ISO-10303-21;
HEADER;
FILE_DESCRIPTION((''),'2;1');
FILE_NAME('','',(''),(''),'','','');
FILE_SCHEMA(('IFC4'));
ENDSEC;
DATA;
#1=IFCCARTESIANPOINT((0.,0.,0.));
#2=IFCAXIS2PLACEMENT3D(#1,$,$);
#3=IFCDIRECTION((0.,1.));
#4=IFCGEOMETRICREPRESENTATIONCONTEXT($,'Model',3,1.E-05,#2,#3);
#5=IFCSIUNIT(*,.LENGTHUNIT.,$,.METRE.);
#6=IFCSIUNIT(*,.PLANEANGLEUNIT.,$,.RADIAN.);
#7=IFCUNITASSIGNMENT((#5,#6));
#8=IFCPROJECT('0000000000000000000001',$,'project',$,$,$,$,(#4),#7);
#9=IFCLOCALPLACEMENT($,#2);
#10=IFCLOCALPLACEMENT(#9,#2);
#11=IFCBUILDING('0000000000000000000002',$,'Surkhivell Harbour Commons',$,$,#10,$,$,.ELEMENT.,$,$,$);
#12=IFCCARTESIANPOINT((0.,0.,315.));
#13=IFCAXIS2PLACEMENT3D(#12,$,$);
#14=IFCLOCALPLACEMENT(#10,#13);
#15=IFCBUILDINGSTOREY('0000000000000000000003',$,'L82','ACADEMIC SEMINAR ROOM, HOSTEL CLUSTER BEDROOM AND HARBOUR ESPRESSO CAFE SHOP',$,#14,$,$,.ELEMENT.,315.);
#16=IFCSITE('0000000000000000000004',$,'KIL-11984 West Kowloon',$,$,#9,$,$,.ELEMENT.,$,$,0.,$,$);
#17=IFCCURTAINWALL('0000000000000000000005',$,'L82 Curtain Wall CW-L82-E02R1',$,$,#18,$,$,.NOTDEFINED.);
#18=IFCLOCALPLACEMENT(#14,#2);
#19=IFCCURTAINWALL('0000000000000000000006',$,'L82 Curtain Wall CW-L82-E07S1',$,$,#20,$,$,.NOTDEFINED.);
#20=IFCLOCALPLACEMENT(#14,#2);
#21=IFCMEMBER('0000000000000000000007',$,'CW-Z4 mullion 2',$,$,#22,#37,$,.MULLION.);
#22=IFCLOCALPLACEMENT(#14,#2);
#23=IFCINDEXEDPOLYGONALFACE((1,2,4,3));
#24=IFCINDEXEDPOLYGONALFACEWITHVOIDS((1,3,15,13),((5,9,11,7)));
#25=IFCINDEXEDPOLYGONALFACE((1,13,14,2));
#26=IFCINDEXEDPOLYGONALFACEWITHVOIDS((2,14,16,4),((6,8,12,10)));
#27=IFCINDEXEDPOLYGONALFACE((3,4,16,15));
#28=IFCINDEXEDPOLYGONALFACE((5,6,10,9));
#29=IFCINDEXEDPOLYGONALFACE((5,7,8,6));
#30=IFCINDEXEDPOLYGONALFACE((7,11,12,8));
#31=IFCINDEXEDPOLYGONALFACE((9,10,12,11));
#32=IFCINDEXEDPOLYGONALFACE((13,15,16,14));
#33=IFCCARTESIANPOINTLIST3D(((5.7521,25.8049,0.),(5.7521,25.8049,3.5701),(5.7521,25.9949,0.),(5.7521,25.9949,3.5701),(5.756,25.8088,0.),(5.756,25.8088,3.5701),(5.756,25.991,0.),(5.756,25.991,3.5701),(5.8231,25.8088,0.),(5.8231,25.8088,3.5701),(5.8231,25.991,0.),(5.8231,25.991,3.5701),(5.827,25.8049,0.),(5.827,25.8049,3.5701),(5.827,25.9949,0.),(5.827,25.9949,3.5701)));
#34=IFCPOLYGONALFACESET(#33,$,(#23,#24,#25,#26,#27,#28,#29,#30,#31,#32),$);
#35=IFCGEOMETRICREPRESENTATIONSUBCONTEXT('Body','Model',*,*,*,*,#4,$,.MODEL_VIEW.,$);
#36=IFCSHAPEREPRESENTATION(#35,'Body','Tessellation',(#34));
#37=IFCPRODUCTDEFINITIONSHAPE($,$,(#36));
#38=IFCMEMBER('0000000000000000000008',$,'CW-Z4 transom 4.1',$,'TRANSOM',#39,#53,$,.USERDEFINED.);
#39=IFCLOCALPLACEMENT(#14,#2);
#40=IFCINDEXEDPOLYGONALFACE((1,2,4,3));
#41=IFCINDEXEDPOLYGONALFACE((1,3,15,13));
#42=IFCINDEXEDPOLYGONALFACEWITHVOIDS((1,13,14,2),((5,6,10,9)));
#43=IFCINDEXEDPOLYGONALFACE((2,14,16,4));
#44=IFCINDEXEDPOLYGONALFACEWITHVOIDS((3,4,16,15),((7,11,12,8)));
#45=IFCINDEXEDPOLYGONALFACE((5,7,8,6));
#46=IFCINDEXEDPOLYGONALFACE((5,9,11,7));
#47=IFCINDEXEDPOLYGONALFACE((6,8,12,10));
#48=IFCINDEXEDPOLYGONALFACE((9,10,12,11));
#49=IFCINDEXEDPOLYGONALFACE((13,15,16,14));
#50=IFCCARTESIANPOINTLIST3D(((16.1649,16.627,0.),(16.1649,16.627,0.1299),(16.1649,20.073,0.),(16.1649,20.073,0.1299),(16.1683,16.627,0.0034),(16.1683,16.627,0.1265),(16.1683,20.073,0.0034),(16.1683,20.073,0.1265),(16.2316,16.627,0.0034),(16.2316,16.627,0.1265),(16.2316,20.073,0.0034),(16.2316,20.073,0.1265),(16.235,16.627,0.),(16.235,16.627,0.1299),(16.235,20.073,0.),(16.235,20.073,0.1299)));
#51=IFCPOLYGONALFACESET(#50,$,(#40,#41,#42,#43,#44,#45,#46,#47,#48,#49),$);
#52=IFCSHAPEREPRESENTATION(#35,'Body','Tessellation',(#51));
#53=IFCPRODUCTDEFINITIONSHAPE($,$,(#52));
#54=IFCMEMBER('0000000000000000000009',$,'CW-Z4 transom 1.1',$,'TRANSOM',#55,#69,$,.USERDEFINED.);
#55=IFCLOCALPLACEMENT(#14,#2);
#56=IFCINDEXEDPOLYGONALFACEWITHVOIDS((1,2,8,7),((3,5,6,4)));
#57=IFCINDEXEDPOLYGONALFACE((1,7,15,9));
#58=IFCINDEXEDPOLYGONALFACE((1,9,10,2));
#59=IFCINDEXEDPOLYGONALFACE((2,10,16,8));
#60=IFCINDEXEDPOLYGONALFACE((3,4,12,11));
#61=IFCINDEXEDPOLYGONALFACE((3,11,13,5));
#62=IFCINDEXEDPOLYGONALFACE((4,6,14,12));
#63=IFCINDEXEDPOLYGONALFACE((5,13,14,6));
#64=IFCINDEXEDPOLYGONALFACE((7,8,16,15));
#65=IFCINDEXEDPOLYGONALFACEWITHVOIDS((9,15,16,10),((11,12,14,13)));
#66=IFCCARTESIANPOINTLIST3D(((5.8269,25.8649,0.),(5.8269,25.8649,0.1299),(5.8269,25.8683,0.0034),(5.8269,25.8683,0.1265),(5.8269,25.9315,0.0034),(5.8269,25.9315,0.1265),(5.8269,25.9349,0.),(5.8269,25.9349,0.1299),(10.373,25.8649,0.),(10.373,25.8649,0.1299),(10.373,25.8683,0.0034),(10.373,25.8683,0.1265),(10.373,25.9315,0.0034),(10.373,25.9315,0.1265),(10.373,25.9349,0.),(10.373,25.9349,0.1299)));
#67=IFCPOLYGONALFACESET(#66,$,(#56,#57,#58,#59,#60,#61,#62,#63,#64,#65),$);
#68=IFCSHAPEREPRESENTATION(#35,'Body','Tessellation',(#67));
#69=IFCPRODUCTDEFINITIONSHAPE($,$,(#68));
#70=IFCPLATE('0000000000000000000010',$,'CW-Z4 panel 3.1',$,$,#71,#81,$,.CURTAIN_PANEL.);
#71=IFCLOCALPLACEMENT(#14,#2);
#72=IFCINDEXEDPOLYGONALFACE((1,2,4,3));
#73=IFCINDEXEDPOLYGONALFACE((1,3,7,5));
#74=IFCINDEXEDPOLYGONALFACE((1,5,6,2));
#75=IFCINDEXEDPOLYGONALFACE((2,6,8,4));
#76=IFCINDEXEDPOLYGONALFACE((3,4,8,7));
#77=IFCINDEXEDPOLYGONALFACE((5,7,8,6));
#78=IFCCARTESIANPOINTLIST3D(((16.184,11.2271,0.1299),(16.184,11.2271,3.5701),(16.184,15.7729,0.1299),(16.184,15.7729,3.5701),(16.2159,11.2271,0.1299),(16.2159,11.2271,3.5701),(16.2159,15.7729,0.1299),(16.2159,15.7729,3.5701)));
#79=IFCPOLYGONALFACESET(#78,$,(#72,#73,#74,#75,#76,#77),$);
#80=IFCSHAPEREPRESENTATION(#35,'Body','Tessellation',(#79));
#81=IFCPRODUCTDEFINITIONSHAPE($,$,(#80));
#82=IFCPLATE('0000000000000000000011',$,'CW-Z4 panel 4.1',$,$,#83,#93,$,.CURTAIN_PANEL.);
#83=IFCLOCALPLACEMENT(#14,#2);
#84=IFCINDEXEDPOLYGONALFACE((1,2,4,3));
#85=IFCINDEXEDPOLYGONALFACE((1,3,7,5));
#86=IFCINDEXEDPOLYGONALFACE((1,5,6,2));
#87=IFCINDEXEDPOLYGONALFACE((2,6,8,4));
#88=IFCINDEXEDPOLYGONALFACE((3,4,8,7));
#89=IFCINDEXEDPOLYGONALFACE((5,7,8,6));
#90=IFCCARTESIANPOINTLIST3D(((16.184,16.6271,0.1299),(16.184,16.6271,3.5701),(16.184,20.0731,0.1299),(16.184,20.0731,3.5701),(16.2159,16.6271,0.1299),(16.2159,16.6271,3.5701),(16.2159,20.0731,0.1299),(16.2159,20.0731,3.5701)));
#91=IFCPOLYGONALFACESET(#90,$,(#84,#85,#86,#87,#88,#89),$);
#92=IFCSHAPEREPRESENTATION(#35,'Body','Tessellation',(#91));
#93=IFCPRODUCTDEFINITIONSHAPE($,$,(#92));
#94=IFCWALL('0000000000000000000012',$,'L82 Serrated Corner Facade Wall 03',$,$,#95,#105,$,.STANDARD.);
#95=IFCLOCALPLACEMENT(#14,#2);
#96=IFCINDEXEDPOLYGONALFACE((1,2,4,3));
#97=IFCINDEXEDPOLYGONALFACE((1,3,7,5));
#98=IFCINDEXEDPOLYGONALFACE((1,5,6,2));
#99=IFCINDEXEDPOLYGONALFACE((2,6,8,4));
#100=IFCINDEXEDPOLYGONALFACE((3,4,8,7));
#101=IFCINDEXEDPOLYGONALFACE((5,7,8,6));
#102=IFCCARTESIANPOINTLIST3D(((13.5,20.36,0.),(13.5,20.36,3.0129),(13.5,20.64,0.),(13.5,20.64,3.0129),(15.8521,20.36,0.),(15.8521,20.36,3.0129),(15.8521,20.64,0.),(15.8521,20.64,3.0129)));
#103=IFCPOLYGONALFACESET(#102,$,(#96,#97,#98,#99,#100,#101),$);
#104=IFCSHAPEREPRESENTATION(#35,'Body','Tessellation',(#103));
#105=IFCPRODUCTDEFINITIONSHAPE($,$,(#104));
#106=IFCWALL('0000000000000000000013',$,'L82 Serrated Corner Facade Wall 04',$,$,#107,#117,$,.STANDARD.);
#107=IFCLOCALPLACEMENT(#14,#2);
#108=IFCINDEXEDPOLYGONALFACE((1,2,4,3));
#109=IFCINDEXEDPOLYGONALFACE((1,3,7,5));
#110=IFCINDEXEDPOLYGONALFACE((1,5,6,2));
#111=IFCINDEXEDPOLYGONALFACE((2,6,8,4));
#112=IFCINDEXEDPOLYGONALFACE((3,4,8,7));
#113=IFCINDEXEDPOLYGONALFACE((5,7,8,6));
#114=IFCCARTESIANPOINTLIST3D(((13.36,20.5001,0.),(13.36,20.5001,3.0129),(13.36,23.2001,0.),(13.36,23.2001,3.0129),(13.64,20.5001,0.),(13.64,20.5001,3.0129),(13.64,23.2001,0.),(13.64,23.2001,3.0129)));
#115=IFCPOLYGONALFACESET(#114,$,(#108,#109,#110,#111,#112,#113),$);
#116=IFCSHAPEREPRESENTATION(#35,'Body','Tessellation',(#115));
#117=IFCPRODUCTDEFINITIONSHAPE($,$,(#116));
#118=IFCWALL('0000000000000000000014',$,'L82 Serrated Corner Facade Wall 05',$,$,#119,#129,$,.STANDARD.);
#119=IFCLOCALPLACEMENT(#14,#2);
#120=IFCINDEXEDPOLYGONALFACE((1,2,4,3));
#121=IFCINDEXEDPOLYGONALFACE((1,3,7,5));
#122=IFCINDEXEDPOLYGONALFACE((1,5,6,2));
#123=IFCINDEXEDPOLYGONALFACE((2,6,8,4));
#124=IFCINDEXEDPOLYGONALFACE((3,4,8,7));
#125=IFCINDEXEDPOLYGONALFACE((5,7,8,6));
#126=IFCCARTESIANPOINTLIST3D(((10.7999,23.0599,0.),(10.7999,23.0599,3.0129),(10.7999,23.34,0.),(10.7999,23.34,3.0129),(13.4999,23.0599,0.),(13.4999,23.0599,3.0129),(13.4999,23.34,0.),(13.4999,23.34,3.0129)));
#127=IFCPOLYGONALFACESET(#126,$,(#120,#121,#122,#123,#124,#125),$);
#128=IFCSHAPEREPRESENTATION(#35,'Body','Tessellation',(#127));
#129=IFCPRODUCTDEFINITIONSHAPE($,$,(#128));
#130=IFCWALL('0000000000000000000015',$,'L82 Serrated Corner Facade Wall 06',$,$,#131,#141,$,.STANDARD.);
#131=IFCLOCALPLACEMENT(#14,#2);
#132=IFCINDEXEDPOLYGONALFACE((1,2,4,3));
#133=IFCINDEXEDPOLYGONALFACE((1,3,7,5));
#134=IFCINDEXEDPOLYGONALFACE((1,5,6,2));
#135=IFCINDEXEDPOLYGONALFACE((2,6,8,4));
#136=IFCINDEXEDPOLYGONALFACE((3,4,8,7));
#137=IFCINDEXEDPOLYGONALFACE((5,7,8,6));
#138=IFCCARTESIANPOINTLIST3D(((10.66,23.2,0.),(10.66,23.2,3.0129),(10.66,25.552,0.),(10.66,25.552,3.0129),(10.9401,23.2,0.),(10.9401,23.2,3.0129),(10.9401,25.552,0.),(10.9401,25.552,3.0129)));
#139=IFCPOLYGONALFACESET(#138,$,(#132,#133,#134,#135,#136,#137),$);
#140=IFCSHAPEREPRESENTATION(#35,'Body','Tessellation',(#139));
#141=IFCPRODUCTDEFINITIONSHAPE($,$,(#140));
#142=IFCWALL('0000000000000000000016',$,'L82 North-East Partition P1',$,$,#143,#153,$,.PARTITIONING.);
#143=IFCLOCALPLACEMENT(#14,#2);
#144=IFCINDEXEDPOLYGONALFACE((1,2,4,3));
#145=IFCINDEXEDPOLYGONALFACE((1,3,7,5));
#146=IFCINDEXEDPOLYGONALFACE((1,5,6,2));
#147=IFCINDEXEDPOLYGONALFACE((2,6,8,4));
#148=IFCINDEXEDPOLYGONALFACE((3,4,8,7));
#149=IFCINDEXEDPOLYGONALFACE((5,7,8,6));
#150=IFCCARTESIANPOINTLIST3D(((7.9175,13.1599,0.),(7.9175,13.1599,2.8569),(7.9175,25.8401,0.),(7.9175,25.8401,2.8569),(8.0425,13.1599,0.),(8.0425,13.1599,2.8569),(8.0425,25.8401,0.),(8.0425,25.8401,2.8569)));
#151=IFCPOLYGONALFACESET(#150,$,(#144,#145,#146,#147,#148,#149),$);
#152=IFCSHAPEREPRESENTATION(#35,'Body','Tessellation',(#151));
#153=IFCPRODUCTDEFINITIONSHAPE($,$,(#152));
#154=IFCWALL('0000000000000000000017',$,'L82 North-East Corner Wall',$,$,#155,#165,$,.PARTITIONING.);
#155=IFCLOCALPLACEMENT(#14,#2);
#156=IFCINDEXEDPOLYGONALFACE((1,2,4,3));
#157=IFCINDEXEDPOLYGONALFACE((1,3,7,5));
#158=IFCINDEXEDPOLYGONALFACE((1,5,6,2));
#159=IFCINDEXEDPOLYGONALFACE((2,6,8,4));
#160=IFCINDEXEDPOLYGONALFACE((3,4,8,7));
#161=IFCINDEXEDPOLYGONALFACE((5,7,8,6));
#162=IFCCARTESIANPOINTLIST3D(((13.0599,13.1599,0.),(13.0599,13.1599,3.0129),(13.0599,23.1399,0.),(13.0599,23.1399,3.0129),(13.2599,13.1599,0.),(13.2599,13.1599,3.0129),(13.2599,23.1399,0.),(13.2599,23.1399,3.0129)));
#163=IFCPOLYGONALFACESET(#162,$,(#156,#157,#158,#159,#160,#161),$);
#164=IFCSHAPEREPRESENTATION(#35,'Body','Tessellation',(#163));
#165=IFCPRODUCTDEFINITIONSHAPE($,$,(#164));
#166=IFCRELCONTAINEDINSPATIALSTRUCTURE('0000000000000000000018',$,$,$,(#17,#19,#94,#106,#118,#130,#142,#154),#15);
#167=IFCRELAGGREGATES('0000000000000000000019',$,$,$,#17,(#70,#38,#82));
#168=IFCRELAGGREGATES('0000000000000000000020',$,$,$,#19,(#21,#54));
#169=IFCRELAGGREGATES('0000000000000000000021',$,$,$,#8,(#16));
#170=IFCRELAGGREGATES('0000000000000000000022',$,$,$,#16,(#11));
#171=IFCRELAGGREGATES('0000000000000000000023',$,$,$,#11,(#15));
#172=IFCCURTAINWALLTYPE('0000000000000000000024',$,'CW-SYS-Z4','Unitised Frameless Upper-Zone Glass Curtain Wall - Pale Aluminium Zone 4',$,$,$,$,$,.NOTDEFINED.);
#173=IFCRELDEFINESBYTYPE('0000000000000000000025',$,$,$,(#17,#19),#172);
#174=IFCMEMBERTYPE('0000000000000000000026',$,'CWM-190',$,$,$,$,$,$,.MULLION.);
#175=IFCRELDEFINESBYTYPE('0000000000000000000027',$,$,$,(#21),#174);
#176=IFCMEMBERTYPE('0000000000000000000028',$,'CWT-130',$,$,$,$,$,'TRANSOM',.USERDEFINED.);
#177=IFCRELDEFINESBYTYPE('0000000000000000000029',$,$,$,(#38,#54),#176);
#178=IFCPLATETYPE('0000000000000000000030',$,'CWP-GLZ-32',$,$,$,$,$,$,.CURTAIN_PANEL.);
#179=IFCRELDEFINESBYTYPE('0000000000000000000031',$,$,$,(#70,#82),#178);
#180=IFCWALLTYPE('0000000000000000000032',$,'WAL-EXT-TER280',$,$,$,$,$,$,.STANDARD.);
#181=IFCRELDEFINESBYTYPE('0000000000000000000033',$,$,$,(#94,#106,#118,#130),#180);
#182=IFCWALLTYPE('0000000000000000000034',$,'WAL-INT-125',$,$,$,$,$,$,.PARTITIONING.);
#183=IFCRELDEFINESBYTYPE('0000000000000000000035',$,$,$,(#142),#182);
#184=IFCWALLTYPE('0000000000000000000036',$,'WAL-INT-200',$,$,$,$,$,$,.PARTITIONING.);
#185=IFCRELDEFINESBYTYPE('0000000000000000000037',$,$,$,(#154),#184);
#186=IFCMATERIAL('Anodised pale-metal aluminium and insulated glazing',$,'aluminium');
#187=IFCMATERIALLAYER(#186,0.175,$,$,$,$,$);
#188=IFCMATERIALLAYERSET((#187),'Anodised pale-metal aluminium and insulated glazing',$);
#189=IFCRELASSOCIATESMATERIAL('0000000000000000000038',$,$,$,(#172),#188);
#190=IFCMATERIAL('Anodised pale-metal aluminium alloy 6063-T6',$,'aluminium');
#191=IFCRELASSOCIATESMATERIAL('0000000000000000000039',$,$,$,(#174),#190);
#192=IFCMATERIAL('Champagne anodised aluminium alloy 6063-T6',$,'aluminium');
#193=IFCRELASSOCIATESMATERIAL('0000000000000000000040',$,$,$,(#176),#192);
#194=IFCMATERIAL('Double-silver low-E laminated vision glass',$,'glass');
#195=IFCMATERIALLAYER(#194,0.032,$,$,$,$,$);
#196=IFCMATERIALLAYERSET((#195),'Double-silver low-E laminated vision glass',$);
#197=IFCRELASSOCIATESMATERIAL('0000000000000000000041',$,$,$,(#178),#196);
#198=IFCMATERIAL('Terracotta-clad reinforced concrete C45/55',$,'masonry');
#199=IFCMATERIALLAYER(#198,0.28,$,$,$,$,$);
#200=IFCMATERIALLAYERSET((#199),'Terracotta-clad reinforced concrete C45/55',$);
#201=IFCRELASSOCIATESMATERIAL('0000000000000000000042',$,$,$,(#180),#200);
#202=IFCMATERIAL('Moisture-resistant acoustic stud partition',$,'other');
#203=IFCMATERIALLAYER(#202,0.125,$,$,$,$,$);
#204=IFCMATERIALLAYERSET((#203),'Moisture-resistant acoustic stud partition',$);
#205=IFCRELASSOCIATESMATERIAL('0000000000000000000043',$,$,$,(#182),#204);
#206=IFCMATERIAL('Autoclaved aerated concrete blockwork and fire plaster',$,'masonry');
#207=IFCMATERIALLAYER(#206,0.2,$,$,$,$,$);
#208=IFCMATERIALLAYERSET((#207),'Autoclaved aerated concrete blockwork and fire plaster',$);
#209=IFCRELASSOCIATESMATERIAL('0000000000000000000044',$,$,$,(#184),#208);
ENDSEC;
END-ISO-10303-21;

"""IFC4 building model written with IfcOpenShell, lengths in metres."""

from ifc_helpers import new_model, si_unit, direction, frame, frame_2d, origin, origin_2d, place, context, subcontext, project, spatial, rectangle, hollow_rectangle, extrude, material, layer, layer_set, material_profile, profile_set, type_object, element, aggregate, save


model = new_model("IFC4")

# Units and contexts
model_context = context("Model", 3, precision=1e-05, world=origin(), true_north=direction((0.0, 1.0)))
body_context = subcontext(model_context, "Body", "Model", "MODEL_VIEW")
ifc_project = project(units=[si_unit("LENGTHUNIT", "METRE"), si_unit("PLANEANGLEUNIT", "RADIAN")], contexts=[model_context])

# Site, building, storey
site_placement = place(None, origin())
site = spatial("IfcSite", under=ifc_project, at=site_placement, Name="KIL-11984 West Kowloon", CompositionType="ELEMENT", RefElevation=0.0)
building_placement = place(site_placement, origin())
building = spatial("IfcBuilding", under=site, at=building_placement, Name="Surkhivell Harbour Commons", CompositionType="ELEMENT")
storey_placement = place(building_placement, frame((0.0, 0.0, 315.0)))
storey = spatial("IfcBuildingStorey", under=building, at=storey_placement, Name="L82", Description="ACADEMIC SEMINAR ROOM, HOSTEL CLUSTER BEDROOM AND HARBOUR ESPRESSO CAFE SHOP", CompositionType="ELEMENT", Elevation=315.0)

# Curtain walls, member
ifc_material_1 = material(Name="Anodised pale-metal aluminium and insulated glazing", Category="aluminium")
ifc_layer_1 = layer(ifc_material_1, 0.175)
ifc_layer_set_1 = layer_set([ifc_layer_1], Name="Anodised pale-metal aluminium and insulated glazing")
curtain_wall_type = type_object("IfcCurtainWallType", Name="CW-SYS-Z4", Description="Unitised Frameless Upper-Zone Glass Curtain Wall - Pale Aluminium Zone 4", PredefinedType="NOTDEFINED", material=ifc_layer_set_1)
curtain_wall_1_placement = place(storey_placement, origin())
curtain_wall_1 = element("IfcCurtainWall", 1, at=curtain_wall_1_placement, inside=storey, type_object=curtain_wall_type, Name="L82 Curtain Wall CW-L82-E02R1", PredefinedType="NOTDEFINED")
ifc_material_2 = material(Name="Anodised pale-metal aluminium alloy 6063-T6", Category="aluminium")
ifc_material_profile_1 = material_profile(ifc_material_2, hollow_rectangle(XDim=0.075, YDim=0.1899, WallThickness=0.0039, at=origin_2d()), Name="ALU-MULL-75x190")
ifc_profile_set_1 = profile_set([ifc_material_profile_1], Name="Anodised pale-metal aluminium alloy 6063-T6")
member_type_1 = type_object("IfcMemberType", Name="CWM-190", PredefinedType="MULLION", material=ifc_profile_set_1)
curtain_wall_2_placement = place(storey_placement, origin())
curtain_wall_2 = element("IfcCurtainWall", 2, at=curtain_wall_2_placement, inside=storey, type_object=curtain_wall_type, Name="L82 Curtain Wall CW-L82-E07S1", PredefinedType="NOTDEFINED")
member_1_placement = place(storey_placement, frame((5.7896, 25.8999, 0.0), z_axis=(0.0, 0.0, 1.0), x_axis=(-1.0, 0.0, 0.0)))
member_1 = element("IfcMember", 3, at=member_1_placement, type_object=member_type_1, Name="CW-Z4 mullion 2", PredefinedType="MULLION", context=body_context, shape_type="SweptSolid", body=[
    extrude(hollow_rectangle(XDim=0.075, YDim=0.1899, WallThickness=0.0039, at=origin_2d()), origin(), (0.0, 0.0, 1.0), 3.5701),
])

# Members
ifc_material_3 = material(Name="Champagne anodised aluminium alloy 6063-T6", Category="aluminium")
ifc_material_profile_2 = material_profile(ifc_material_3, hollow_rectangle(XDim=0.0701, YDim=0.1299, WallThickness=0.0034, at=origin_2d()), Name="ALU-TRAN-70x130")
ifc_profile_set_2 = profile_set([ifc_material_profile_2], Name="Champagne anodised aluminium alloy 6063-T6")
member_type_2 = type_object("IfcMemberType", Name="CWT-130", ElementType="TRANSOM", PredefinedType="USERDEFINED", material=ifc_profile_set_2)
member_2_placement = place(storey_placement, frame((16.2, 16.627, 0.0649), z_axis=(0.0, 1.0, 0.0), x_axis=(-1.0, 0.0, 0.0)))
member_2 = element("IfcMember", 4, at=member_2_placement, type_object=member_type_2, Name="CW-Z4 transom 4.1", ObjectType="TRANSOM", PredefinedType="USERDEFINED", context=body_context, shape_type="SweptSolid", body=[
    extrude(hollow_rectangle(XDim=0.0701, YDim=0.1299, WallThickness=0.0034, at=origin_2d()), origin(), (0.0, 0.0, 1.0), 3.446),
])
member_3_placement = place(storey_placement, frame((10.373, 25.8999, 0.0649), z_axis=(-1.0, 0.0, 0.0), x_axis=(0.0, -1.0, 0.0)))
member_3 = element("IfcMember", 5, at=member_3_placement, type_object=member_type_2, Name="CW-Z4 transom 1.1", ObjectType="TRANSOM", PredefinedType="USERDEFINED", context=body_context, shape_type="SweptSolid", body=[
    extrude(hollow_rectangle(XDim=0.0701, YDim=0.1299, WallThickness=0.0034, at=origin_2d()), origin(), (0.0, 0.0, 1.0), 4.5461),
])

# Plates
ifc_material_4 = material(Name="Double-silver low-E laminated vision glass", Category="glass")
ifc_layer_2 = layer(ifc_material_4, 0.032)
ifc_layer_set_2 = layer_set([ifc_layer_2], Name="Double-silver low-E laminated vision glass")
plate_type = type_object("IfcPlateType", Name="CWP-GLZ-32", PredefinedType="CURTAIN_PANEL", material=ifc_layer_set_2)
plate_1_placement = place(storey_placement, frame((16.2, 11.2271, 0.1299), z_axis=(0.0, 0.0, 1.0), x_axis=(0.0, 1.0, 0.0)))
plate_1 = element("IfcPlate", 6, at=plate_1_placement, type_object=plate_type, Name="CW-Z4 panel 3.1", PredefinedType="CURTAIN_PANEL", context=body_context, shape_type="SweptSolid", body=[
    extrude(rectangle(XDim=4.5459, YDim=0.032, at=frame_2d((2.2729, 0.0))), origin(), (0.0, 0.0, 1.0), 3.4402),
])
plate_2_placement = place(storey_placement, frame((16.2, 16.627, 0.1299), z_axis=(0.0, 0.0, 1.0), x_axis=(0.0, 1.0, 0.0)))
plate_2 = element("IfcPlate", 7, at=plate_2_placement, type_object=plate_type, Name="CW-Z4 panel 4.1", PredefinedType="CURTAIN_PANEL", context=body_context, shape_type="SweptSolid", body=[
    extrude(rectangle(XDim=3.446, YDim=0.032, at=frame_2d((1.7231, 0.0))), origin(), (0.0, 0.0, 1.0), 3.4402),
])
aggregate(curtain_wall_1, [plate_1, member_2, plate_2])
aggregate(curtain_wall_2, [member_1, member_3])

# Walls
ifc_material_5 = material(Name="Terracotta-clad reinforced concrete C45/55", Category="masonry")
ifc_layer_3 = layer(ifc_material_5, 0.28)
ifc_layer_set_3 = layer_set([ifc_layer_3], Name="Terracotta-clad reinforced concrete C45/55")
wall_type_1 = type_object("IfcWallType", Name="WAL-EXT-TER280", PredefinedType="STANDARD", material=ifc_layer_set_3)
wall_1_placement = place(storey_placement, frame((15.8521, 20.5, 0.0), z_axis=(0.0, 0.0, 1.0), x_axis=(-1.0, 0.0, 0.0)))
element("IfcWall", 8, at=wall_1_placement, inside=storey, type_object=wall_type_1, Name="L82 Serrated Corner Facade Wall 03", PredefinedType="STANDARD", context=body_context, shape_type="SweptSolid", body=[
    extrude(rectangle(XDim=2.3521, YDim=0.28, at=frame_2d((1.176, 0.0))), origin(), (0.0, 0.0, 1.0), 3.0129),
])
for number, where, z_axis, x_axis, name in (
    (9, (13.5, 20.5, 0.0), (0.0, 0.0, 1.0), (0.0, 1.0, 0.0), "L82 Serrated Corner Facade Wall 04"),
    (10, (13.5, 23.2, 0.0), (0.0, 0.0, 1.0), (-1.0, 0.0, 0.0), "L82 Serrated Corner Facade Wall 05"),
):
    element("IfcWall", number, at=place(storey_placement, frame(where, z_axis=z_axis, x_axis=x_axis)), inside=storey, type_object=wall_type_1, Name=name, PredefinedType="STANDARD", context=body_context, shape_type="SweptSolid", body=[
        extrude(rectangle(XDim=2.7, YDim=0.28, at=frame_2d((1.3501, 0.0))), origin(), (0.0, 0.0, 1.0), 3.0129),
    ])
wall_2_placement = place(storey_placement, frame((10.8, 23.2, 0.0), z_axis=(0.0, 0.0, 1.0), x_axis=(0.0, 1.0, 0.0)))
element("IfcWall", 11, at=wall_2_placement, inside=storey, type_object=wall_type_1, Name="L82 Serrated Corner Facade Wall 06", PredefinedType="STANDARD", context=body_context, shape_type="SweptSolid", body=[
    extrude(rectangle(XDim=2.3521, YDim=0.28, at=frame_2d((1.176, 0.0))), origin(), (0.0, 0.0, 1.0), 3.0129),
])
ifc_material_6 = material(Name="Moisture-resistant acoustic stud partition", Category="other")
ifc_layer_4 = layer(ifc_material_6, 0.125)
ifc_layer_set_4 = layer_set([ifc_layer_4], Name="Moisture-resistant acoustic stud partition")
wall_type_2 = type_object("IfcWallType", Name="WAL-INT-125", PredefinedType="PARTITIONING", material=ifc_layer_set_4)
wall_3_placement = place(storey_placement, frame((7.98, 13.1599, 0.0), z_axis=(0.0, 0.0, 1.0), x_axis=(0.0, 1.0, 0.0)))
element("IfcWall", 12, at=wall_3_placement, inside=storey, type_object=wall_type_2, Name="L82 North-East Partition P1", PredefinedType="PARTITIONING", context=body_context, shape_type="SweptSolid", body=[
    extrude(rectangle(XDim=12.6802, YDim=0.125, at=frame_2d((6.3401, 0.0))), origin(), (0.0, 0.0, 1.0), 2.8569),
])
ifc_material_7 = material(Name="Autoclaved aerated concrete blockwork and fire plaster", Category="masonry")
ifc_layer_5 = layer(ifc_material_7, 0.2)
ifc_layer_set_5 = layer_set([ifc_layer_5], Name="Autoclaved aerated concrete blockwork and fire plaster")
wall_type_3 = type_object("IfcWallType", Name="WAL-INT-200", PredefinedType="PARTITIONING", material=ifc_layer_set_5)
wall_4_placement = place(storey_placement, frame((13.1599, 13.1599, 0.0), z_axis=(0.0, 0.0, 1.0), x_axis=(0.0, 1.0, 0.0)))
element("IfcWall", 13, at=wall_4_placement, inside=storey, type_object=wall_type_3, Name="L82 North-East Corner Wall", PredefinedType="PARTITIONING", context=body_context, shape_type="SweptSolid", body=[
    extrude(rectangle(XDim=9.98, YDim=0.2, at=frame_2d((4.99, 0.0))), origin(), (0.0, 0.0, 1.0), 3.0129),
])

save(model, "model.ifc")
